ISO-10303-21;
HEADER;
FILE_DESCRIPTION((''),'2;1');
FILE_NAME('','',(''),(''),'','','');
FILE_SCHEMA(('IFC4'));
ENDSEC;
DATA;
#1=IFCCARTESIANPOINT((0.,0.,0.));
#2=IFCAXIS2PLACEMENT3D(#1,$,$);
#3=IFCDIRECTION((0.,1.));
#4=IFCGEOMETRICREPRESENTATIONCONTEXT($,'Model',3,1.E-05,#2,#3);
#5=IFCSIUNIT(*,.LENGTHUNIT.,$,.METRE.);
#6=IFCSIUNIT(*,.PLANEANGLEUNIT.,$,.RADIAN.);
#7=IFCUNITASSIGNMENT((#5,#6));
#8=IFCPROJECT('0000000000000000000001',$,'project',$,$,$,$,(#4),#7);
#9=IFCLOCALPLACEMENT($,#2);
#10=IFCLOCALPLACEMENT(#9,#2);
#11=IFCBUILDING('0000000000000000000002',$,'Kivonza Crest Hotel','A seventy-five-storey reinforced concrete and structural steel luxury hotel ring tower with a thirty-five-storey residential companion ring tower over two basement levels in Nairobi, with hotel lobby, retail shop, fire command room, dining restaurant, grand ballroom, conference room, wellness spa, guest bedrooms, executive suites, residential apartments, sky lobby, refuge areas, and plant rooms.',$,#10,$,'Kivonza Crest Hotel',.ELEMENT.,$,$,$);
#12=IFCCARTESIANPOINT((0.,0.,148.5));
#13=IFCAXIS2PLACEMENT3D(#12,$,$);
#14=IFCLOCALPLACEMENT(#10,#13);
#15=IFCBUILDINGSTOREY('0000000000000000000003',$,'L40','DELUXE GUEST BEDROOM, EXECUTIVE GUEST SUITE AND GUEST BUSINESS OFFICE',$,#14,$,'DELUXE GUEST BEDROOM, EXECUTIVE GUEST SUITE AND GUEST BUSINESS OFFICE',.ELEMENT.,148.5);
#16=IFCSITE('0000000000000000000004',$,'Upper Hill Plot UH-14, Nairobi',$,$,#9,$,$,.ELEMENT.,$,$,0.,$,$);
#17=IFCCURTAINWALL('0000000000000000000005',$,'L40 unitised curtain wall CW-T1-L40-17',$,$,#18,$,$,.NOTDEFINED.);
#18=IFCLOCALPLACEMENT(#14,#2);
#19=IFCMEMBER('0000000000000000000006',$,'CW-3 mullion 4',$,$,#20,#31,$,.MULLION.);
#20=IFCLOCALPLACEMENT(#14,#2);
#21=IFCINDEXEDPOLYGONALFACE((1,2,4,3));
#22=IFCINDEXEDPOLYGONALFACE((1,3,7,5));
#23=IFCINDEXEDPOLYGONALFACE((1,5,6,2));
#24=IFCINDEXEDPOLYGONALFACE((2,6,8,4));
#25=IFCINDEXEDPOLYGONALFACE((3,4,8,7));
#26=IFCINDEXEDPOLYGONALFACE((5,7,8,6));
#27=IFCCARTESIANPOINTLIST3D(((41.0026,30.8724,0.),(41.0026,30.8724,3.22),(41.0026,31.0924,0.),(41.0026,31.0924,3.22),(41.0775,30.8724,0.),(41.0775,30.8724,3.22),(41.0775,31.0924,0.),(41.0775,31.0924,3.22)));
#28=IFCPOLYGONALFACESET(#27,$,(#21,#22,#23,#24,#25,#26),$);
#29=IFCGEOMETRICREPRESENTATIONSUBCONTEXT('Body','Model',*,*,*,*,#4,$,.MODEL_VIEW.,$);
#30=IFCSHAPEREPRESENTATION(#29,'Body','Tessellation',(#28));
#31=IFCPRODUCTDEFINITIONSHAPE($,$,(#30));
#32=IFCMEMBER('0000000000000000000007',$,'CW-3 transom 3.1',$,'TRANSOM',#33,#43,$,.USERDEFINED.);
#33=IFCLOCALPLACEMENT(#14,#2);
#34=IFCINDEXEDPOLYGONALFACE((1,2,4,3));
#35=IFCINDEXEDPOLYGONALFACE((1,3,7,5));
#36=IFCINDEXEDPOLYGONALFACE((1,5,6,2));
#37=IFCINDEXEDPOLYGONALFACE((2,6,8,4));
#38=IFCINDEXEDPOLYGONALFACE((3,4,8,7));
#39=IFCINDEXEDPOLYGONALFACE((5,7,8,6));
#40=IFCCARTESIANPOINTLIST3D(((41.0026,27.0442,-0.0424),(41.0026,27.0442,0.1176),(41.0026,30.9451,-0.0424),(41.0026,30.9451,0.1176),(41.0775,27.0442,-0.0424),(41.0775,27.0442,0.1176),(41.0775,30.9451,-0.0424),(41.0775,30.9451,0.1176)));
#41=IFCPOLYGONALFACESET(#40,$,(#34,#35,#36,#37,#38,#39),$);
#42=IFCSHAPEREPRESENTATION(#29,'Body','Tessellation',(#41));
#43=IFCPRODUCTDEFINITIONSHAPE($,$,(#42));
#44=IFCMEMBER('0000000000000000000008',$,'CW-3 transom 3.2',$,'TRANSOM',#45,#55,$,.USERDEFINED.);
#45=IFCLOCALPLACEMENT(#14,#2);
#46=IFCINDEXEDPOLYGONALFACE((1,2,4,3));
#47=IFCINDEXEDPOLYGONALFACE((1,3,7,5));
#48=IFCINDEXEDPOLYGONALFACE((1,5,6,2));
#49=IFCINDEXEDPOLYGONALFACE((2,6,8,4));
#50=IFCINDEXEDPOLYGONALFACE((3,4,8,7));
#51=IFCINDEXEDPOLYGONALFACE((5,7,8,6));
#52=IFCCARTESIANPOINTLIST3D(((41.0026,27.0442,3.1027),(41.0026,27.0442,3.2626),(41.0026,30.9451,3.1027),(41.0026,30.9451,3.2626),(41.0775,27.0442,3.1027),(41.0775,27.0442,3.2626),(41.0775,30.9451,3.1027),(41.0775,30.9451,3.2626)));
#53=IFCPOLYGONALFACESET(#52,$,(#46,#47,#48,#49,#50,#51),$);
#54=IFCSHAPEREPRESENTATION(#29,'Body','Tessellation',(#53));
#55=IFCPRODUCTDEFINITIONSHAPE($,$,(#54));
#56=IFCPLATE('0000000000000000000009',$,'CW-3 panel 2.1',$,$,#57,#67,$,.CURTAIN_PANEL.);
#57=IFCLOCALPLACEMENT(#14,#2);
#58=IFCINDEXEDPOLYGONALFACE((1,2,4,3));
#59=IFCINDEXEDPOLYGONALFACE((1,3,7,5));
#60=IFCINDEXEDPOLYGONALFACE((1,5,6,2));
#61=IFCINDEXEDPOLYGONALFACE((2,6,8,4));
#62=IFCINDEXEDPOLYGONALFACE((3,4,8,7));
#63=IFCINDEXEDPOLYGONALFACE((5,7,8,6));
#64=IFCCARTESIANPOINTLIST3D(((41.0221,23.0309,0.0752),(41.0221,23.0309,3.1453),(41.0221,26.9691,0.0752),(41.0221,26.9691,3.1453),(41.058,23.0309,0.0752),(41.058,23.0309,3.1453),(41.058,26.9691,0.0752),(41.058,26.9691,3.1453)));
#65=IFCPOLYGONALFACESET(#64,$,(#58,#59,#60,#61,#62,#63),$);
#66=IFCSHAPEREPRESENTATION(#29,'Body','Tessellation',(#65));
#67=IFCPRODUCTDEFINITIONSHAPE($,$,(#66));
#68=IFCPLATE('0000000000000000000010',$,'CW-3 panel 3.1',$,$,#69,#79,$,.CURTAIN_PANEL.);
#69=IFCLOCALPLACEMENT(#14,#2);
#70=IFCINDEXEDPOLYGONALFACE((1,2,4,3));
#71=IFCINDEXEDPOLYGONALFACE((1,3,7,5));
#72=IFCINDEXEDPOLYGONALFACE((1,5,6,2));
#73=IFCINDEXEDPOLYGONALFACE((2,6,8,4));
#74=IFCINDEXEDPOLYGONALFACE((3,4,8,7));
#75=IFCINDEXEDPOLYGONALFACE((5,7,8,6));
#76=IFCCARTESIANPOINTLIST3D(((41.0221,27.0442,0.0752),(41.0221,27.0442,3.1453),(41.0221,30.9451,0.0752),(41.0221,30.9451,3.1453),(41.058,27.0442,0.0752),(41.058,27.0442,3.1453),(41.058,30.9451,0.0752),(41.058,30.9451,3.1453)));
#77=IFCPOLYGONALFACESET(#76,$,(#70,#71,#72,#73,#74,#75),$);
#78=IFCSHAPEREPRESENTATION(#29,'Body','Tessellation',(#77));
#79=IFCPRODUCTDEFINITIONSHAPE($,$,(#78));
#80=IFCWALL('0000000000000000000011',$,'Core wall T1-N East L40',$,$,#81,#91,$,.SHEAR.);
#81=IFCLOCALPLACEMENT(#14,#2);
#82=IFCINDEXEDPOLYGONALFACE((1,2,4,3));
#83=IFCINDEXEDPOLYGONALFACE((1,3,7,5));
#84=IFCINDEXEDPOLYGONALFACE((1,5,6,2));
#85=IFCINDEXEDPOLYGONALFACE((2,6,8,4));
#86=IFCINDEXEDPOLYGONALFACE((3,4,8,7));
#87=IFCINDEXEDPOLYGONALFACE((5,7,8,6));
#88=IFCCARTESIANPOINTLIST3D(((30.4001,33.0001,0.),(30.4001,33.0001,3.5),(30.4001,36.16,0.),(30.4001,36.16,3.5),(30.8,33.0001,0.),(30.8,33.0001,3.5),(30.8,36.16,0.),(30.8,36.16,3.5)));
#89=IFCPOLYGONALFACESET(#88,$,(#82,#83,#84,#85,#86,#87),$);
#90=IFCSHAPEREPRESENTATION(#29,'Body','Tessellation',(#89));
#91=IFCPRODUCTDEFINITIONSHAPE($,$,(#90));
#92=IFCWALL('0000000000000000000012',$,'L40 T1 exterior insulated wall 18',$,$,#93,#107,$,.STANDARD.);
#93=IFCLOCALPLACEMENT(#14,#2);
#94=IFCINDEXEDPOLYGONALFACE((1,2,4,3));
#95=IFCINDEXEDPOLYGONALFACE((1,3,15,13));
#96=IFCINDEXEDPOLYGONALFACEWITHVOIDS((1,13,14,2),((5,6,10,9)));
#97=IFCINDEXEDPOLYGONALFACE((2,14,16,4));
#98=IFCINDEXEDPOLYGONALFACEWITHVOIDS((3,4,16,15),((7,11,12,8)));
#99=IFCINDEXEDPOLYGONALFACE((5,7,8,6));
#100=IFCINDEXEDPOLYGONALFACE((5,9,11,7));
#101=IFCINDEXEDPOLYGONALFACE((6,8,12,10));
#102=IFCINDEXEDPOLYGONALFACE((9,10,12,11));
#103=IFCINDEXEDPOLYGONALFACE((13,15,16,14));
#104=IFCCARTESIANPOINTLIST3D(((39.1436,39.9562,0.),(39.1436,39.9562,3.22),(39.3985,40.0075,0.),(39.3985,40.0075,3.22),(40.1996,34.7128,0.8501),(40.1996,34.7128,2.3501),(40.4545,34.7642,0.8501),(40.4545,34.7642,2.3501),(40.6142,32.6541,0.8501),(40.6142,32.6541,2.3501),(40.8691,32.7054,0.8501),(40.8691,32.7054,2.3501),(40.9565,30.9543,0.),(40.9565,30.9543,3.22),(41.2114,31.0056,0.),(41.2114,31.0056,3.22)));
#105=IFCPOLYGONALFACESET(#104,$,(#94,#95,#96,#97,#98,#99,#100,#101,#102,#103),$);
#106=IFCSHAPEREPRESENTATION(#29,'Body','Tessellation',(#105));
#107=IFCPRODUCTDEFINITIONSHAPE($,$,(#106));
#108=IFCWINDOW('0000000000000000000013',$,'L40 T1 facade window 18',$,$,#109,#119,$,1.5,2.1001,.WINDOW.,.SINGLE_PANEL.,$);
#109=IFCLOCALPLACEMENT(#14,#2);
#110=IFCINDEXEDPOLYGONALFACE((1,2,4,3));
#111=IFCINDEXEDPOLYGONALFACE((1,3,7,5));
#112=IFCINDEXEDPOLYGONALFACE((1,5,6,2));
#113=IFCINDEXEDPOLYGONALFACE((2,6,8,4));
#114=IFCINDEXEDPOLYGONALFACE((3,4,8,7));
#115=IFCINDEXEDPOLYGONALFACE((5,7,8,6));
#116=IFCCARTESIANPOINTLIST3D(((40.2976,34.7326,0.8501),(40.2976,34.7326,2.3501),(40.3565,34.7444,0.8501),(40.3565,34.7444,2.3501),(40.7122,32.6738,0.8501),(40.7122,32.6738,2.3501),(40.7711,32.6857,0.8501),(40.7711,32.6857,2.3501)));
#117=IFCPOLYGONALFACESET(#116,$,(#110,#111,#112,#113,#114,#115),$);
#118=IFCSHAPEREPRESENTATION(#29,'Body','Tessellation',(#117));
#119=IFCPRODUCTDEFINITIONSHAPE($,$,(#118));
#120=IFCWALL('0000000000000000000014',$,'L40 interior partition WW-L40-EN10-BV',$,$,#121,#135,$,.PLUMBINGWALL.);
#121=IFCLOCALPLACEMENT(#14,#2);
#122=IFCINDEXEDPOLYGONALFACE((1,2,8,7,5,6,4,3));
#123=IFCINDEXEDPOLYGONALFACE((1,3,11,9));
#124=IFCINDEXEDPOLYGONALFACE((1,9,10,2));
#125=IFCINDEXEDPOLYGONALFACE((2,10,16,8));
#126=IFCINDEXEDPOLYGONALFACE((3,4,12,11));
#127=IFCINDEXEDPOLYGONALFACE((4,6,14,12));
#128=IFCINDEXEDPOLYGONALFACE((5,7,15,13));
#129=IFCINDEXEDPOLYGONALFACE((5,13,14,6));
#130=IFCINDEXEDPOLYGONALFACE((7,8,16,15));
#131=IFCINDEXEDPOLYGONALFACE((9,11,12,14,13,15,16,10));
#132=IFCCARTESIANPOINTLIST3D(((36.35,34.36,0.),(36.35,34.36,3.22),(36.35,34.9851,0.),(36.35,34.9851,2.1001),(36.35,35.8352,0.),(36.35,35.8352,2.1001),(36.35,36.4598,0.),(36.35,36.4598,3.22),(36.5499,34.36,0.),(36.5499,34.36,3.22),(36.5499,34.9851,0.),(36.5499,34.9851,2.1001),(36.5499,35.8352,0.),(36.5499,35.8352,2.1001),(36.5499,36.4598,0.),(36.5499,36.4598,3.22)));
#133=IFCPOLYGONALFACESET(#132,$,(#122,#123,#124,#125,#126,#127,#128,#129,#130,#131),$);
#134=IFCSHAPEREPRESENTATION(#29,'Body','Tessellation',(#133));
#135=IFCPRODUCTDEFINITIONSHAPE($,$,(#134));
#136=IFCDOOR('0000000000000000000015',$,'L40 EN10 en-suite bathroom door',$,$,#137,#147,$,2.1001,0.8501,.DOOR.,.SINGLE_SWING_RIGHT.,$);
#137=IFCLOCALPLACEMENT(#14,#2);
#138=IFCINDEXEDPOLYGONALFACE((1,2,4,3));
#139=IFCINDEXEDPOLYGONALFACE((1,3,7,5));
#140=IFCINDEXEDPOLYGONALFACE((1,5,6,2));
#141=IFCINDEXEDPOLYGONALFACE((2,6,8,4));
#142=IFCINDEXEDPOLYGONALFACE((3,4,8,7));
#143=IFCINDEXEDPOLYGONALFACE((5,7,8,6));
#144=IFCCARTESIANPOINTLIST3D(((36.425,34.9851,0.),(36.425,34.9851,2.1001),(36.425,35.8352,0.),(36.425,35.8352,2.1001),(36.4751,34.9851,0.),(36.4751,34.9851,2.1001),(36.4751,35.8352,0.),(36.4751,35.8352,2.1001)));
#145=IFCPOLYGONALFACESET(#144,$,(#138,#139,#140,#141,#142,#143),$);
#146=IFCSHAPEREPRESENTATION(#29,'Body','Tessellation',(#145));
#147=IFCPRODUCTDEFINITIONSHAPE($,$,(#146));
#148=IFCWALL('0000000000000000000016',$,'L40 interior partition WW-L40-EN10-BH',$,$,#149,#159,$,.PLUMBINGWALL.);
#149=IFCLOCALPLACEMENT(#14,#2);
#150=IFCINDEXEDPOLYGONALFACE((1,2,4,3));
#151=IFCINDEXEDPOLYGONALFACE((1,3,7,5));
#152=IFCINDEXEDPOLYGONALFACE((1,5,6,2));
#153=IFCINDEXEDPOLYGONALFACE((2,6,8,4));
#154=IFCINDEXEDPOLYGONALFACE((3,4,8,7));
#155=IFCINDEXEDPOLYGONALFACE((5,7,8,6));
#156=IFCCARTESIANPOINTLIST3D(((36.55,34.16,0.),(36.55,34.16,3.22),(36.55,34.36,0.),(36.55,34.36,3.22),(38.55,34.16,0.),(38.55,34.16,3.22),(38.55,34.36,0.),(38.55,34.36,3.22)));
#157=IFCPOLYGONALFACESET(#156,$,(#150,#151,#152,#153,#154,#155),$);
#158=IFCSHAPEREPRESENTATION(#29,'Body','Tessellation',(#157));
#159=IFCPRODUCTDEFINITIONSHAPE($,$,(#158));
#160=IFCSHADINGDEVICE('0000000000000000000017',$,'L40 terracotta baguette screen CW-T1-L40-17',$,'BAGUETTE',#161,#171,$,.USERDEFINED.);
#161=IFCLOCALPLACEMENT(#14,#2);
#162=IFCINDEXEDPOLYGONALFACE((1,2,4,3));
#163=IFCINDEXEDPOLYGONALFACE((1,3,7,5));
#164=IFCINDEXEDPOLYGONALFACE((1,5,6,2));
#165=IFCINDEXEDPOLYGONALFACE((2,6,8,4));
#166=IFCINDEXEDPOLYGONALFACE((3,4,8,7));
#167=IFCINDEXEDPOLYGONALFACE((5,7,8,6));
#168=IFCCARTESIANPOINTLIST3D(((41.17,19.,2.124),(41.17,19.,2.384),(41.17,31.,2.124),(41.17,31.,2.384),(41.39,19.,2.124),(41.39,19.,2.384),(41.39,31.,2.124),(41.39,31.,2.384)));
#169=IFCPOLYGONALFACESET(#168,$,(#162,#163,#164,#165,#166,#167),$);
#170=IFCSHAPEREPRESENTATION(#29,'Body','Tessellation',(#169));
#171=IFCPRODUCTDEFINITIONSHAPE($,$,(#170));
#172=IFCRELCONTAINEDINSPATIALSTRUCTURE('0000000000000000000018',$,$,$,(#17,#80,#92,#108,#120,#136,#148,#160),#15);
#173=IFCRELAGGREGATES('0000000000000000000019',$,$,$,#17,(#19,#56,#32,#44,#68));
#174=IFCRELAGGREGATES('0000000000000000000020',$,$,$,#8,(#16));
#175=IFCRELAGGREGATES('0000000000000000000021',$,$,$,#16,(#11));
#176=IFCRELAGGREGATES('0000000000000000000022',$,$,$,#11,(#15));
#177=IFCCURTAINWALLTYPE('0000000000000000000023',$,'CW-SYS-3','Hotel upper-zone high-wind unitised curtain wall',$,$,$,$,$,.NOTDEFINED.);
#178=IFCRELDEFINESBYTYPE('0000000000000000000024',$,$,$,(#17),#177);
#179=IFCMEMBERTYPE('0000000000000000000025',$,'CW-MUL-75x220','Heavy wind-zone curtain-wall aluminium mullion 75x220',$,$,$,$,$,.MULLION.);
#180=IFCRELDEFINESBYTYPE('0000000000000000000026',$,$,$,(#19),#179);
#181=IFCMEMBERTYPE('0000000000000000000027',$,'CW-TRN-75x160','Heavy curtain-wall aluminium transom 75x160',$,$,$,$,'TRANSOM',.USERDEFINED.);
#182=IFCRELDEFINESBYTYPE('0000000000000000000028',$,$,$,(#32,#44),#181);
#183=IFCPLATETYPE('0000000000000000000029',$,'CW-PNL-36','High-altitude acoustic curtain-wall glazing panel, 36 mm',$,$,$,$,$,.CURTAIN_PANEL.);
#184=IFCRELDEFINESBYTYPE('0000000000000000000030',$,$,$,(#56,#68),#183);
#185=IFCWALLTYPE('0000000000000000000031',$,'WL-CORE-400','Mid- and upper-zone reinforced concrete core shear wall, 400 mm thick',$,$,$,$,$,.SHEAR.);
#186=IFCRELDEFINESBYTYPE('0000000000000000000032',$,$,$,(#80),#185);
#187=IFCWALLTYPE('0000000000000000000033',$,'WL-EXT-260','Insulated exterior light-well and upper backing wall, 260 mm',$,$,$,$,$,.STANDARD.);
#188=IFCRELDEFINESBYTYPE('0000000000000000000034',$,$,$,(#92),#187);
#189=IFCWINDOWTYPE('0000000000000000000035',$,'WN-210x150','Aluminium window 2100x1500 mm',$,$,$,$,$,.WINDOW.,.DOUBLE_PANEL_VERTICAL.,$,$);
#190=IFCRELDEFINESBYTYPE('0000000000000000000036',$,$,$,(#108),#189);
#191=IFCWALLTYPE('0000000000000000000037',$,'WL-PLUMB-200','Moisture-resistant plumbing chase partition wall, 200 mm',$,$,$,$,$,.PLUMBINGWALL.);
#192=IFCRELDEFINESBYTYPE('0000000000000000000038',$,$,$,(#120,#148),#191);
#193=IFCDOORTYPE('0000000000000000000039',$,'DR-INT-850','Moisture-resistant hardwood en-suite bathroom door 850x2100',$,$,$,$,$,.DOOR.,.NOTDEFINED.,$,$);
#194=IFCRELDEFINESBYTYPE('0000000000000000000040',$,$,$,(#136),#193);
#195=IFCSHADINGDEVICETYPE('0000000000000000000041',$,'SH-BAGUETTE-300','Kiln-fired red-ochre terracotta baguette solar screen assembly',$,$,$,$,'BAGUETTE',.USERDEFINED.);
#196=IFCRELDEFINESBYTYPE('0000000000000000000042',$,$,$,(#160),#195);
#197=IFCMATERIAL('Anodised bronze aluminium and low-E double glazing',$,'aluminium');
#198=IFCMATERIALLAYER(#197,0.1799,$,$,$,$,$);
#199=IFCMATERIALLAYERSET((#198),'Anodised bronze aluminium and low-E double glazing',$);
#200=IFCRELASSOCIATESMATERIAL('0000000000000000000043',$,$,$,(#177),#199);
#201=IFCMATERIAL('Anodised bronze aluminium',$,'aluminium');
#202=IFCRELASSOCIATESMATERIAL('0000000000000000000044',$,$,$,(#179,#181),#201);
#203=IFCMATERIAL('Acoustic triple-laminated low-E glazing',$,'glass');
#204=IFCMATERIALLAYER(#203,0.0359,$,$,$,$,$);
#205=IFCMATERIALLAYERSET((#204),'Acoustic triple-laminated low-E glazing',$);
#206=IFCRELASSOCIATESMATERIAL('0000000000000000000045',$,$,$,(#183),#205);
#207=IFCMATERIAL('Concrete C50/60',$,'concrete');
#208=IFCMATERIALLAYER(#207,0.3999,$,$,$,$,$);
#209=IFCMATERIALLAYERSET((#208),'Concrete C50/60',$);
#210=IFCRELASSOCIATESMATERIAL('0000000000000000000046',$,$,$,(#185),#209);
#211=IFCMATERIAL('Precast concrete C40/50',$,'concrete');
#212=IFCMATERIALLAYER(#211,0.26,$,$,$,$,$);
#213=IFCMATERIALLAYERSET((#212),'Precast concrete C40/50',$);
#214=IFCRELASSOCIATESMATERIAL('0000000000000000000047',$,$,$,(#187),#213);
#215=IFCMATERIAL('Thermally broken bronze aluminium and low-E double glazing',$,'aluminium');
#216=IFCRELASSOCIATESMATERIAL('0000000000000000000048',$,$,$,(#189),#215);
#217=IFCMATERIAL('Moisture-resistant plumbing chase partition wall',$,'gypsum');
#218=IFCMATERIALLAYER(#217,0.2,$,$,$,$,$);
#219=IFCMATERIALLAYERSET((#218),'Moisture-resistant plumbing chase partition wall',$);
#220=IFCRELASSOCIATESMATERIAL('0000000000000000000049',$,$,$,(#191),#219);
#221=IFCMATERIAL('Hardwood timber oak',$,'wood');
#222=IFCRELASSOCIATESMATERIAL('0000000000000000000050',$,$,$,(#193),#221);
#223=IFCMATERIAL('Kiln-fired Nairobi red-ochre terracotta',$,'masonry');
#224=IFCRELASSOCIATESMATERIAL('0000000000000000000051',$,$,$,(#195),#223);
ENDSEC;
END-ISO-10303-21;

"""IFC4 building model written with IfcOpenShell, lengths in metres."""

from ifc_helpers import new_model, si_unit, direction, frame, frame_2d, origin, origin_2d, place, context, subcontext, project, spatial, rectangle, extrude, material, layer, layer_set, material_profile, profile_set, type_object, element, fill, aggregate, save


model = new_model("IFC4")

# Units and contexts
model_context = context("Model", 3, precision=1e-05, world=origin(), true_north=direction((0.0, 1.0)))
body_context = subcontext(model_context, "Body", "Model", "MODEL_VIEW")
ifc_project = project(units=[si_unit("LENGTHUNIT", "METRE"), si_unit("PLANEANGLEUNIT", "RADIAN")], contexts=[model_context])

# Site, building, storey
site_placement = place(None, origin())
site = spatial("IfcSite", under=ifc_project, at=site_placement, Name="Upper Hill Plot UH-14, Nairobi", CompositionType="ELEMENT", RefElevation=0.0)
building_placement = place(site_placement, origin())
building = spatial("IfcBuilding", under=site, at=building_placement, Name="Kivonza Crest Hotel", Description="A seventy-five-storey reinforced concrete and structural steel luxury hotel ring tower with a thirty-five-storey residential companion ring tower over two basement levels in Nairobi, with hotel lobby, retail shop, fire command room, dining restaurant, grand ballroom, conference room, wellness spa, guest bedrooms, executive suites, residential apartments, sky lobby, refuge areas, and plant rooms.", LongName="Kivonza Crest Hotel", CompositionType="ELEMENT")
storey_placement = place(building_placement, frame((0.0, 0.0, 148.5)))
storey = spatial("IfcBuildingStorey", under=building, at=storey_placement, Name="L40", Description="DELUXE GUEST BEDROOM, EXECUTIVE GUEST SUITE AND GUEST BUSINESS OFFICE", LongName="DELUXE GUEST BEDROOM, EXECUTIVE GUEST SUITE AND GUEST BUSINESS OFFICE", CompositionType="ELEMENT", Elevation=148.5)

# Shared definitions
ifc_material_1 = material(Name="Concrete C50/60", Category="concrete")

# Curtain wall, members, plates
ifc_material_2 = material(Name="Anodised bronze aluminium and low-E double glazing", Category="aluminium")
ifc_layer_1 = layer(ifc_material_2, 0.1799)
ifc_layer_set_1 = layer_set([ifc_layer_1], Name="Anodised bronze aluminium and low-E double glazing")
curtain_wall_type = type_object("IfcCurtainWallType", Name="CW-SYS-3", Description="Hotel upper-zone high-wind unitised curtain wall", PredefinedType="NOTDEFINED", material=ifc_layer_set_1)
curtain_wall_placement = place(storey_placement, origin())
curtain_wall = element("IfcCurtainWall", 1, at=curtain_wall_placement, inside=storey, type_object=curtain_wall_type, Name="L40 unitised curtain wall CW-T1-L40-17", PredefinedType="NOTDEFINED")
ifc_material_3 = material(Name="Anodised bronze aluminium", Category="aluminium")
ifc_material_profile_1 = material_profile(ifc_material_3, rectangle(XDim=0.075, YDim=0.22, at=origin_2d()), Name="CW-M 75x220")
ifc_profile_set_1 = profile_set([ifc_material_profile_1], Name="Anodised bronze aluminium")
member_type_1 = type_object("IfcMemberType", Name="CW-MUL-75x220", Description="Heavy wind-zone curtain-wall aluminium mullion 75x220", PredefinedType="MULLION", material=ifc_profile_set_1)
member_1_placement = place(storey_placement, frame((41.04, 30.9824, 0.0), z_axis=(0.0, 0.0, 1.0), x_axis=(-1.0, 0.0, 0.0)))
member_1 = element("IfcMember", 2, at=member_1_placement, type_object=member_type_1, Name="CW-3 mullion 4", PredefinedType="MULLION", context=body_context, shape_type="SweptSolid", body=[
    extrude(rectangle(XDim=0.075, YDim=0.22, at=origin_2d()), origin(), (0.0, 0.0, 1.0), 3.22),
])
ifc_material_profile_2 = material_profile(ifc_material_3, rectangle(XDim=0.075, YDim=0.1599, at=origin_2d()), Name="CW-T 75x160")
ifc_profile_set_2 = profile_set([ifc_material_profile_2], Name="Anodised bronze aluminium")
member_type_2 = type_object("IfcMemberType", Name="CW-TRN-75x160", Description="Heavy curtain-wall aluminium transom 75x160", ElementType="TRANSOM", PredefinedType="USERDEFINED", material=ifc_profile_set_2)
member_2_placement = place(storey_placement, frame((41.04, 27.0442, 0.0376), z_axis=(0.0, 1.0, 0.0), x_axis=(-1.0, 0.0, 0.0)))
member_2 = element("IfcMember", 3, at=member_2_placement, type_object=member_type_2, Name="CW-3 transom 3.1", ObjectType="TRANSOM", PredefinedType="USERDEFINED", context=body_context, shape_type="SweptSolid", body=[
    extrude(rectangle(XDim=0.075, YDim=0.1599, at=origin_2d()), origin(), (0.0, 0.0, 1.0), 3.9009),
])
member_3_placement = place(storey_placement, frame((41.04, 27.0442, 3.1826), z_axis=(0.0, 1.0, 0.0), x_axis=(-1.0, 0.0, 0.0)))
member_3 = element("IfcMember", 4, at=member_3_placement, type_object=member_type_2, Name="CW-3 transom 3.2", ObjectType="TRANSOM", PredefinedType="USERDEFINED", context=body_context, shape_type="SweptSolid", body=[
    extrude(rectangle(XDim=0.075, YDim=0.1599, at=origin_2d()), origin(), (0.0, 0.0, 1.0), 3.9009),
])
ifc_material_4 = material(Name="Acoustic triple-laminated low-E glazing", Category="glass")
ifc_layer_2 = layer(ifc_material_4, 0.0359)
ifc_layer_set_2 = layer_set([ifc_layer_2], Name="Acoustic triple-laminated low-E glazing")
plate_type = type_object("IfcPlateType", Name="CW-PNL-36", Description="High-altitude acoustic curtain-wall glazing panel, 36 mm", PredefinedType="CURTAIN_PANEL", material=ifc_layer_set_2)
plate_1_placement = place(storey_placement, frame((41.04, 25.0, 0.0752), z_axis=(0.0, 0.0, 1.0), x_axis=(0.0, 1.0, 0.0)))
plate_1 = element("IfcPlate", 5, at=plate_1_placement, type_object=plate_type, Name="CW-3 panel 2.1", PredefinedType="CURTAIN_PANEL", context=body_context, shape_type="SweptSolid", body=[
    extrude(rectangle(XDim=3.9382, YDim=0.0359, at=origin_2d()), origin(), (0.0, 0.0, 1.0), 3.0701),
])
plate_2_placement = place(storey_placement, frame((41.04, 28.9946, 0.0752), z_axis=(0.0, 0.0, 1.0), x_axis=(0.0, 1.0, 0.0)))
plate_2 = element("IfcPlate", 6, at=plate_2_placement, type_object=plate_type, Name="CW-3 panel 3.1", PredefinedType="CURTAIN_PANEL", context=body_context, shape_type="SweptSolid", body=[
    extrude(rectangle(XDim=3.9009, YDim=0.0359, at=origin_2d()), origin(), (0.0, 0.0, 1.0), 3.0701),
])
aggregate(curtain_wall, [member_1, plate_1, member_2, member_3, plate_2])

# Wall
ifc_layer_3 = layer(ifc_material_1, 0.3999)
ifc_layer_set_3 = layer_set([ifc_layer_3], Name="Concrete C50/60")
wall_type_1 = type_object("IfcWallType", Name="WL-CORE-400", Description="Mid- and upper-zone reinforced concrete core shear wall, 400 mm thick", PredefinedType="SHEAR", material=ifc_layer_set_3)
wall_1_placement = place(storey_placement, frame((30.6001, 33.0, 0.0), z_axis=(0.0, 0.0, 1.0), x_axis=(0.0, 1.0, 0.0)))
element("IfcWall", 7, at=wall_1_placement, inside=storey, type_object=wall_type_1, Name="Core wall T1-N East L40", PredefinedType="SHEAR", context=body_context, shape_type="SweptSolid", body=[
    extrude(rectangle(XDim=3.1599, YDim=0.3999, at=frame_2d((1.5801, 0.0))), origin(), (0.0, 0.0, 1.0), 3.5),
])

# Wall, opening, window
ifc_material_5 = material(Name="Precast concrete C40/50", Category="concrete")
ifc_layer_4 = layer(ifc_material_5, 0.26)
ifc_layer_set_4 = layer_set([ifc_layer_4], Name="Precast concrete C40/50")
wall_type_2 = type_object("IfcWallType", Name="WL-EXT-260", Description="Insulated exterior light-well and upper backing wall, 260 mm", PredefinedType="STANDARD", material=ifc_layer_set_4)
wall_2_placement = place(storey_placement, frame((41.084, 30.98, 0.0), z_axis=(0.0, 0.0, 1.0), x_axis=(-0.197435, 0.980316, 0.0)))
wall_2 = element("IfcWall", 8, at=wall_2_placement, inside=storey, type_object=wall_type_2, Name="L40 T1 exterior insulated wall 18", PredefinedType="STANDARD", context=body_context, shape_type="SweptSolid", body=[
    extrude(rectangle(XDim=9.1826, YDim=0.26, at=frame_2d((4.5913, 0.0))), origin(), (0.0, 0.0, 1.0), 3.22),
])
opening_1_placement = place(wall_2_placement, frame((1.7339, 0.0, 0.8501)))
opening_1 = element("IfcOpeningElement", 9, at=opening_1_placement, cuts=wall_2, PredefinedType="OPENING", context=body_context, shape_type="SweptSolid", body=[
    extrude(rectangle(XDim=2.1001, YDim=1.5, at=frame_2d((1.05, 0.75))), frame((0.0, 0.1401, 0.0), z_axis=(0.0, -1.0, 0.0), x_axis=(1.0, 0.0, 0.0)), (0.0, 0.0, 1.0), 0.28),
])
ifc_material_6 = material(Name="Thermally broken bronze aluminium and low-E double glazing", Category="aluminium")
window_type = type_object("IfcWindowType", Name="WN-210x150", Description="Aluminium window 2100x1500 mm", PartitioningType="DOUBLE_PANEL_VERTICAL", PredefinedType="WINDOW", material=ifc_material_6)
window_placement = place(opening_1_placement, origin())
window = element("IfcWindow", 10, at=window_placement, inside=storey, type_object=window_type, Name="L40 T1 facade window 18", OverallHeight=1.5, OverallWidth=2.1001, PartitioningType="SINGLE_PANEL", PredefinedType="WINDOW", context=body_context, shape_type="SweptSolid", body=[
    extrude(rectangle(XDim=2.1001, YDim=1.5, at=frame_2d((1.05, 0.75))), frame((0.0, 0.03, 0.0), z_axis=(0.0, -1.0, 0.0), x_axis=(1.0, 0.0, 0.0)), (0.0, 0.0, 1.0), 0.0601),
])
fill(opening_1, window)

# Wall, opening, door
ifc_material_7 = material(Name="Moisture-resistant plumbing chase partition wall", Category="gypsum")
ifc_layer_5 = layer(ifc_material_7, 0.2)
ifc_layer_set_5 = layer_set([ifc_layer_5], Name="Moisture-resistant plumbing chase partition wall")
wall_type_3 = type_object("IfcWallType", Name="WL-PLUMB-200", Description="Moisture-resistant plumbing chase partition wall, 200 mm", PredefinedType="PLUMBINGWALL", material=ifc_layer_set_5)
wall_3_placement = place(storey_placement, frame((36.45, 34.3601, 0.0), z_axis=(0.0, 0.0, 1.0), x_axis=(0.0, 1.0, 0.0)))
wall_3 = element("IfcWall", 11, at=wall_3_placement, inside=storey, type_object=wall_type_3, Name="L40 interior partition WW-L40-EN10-BV", PredefinedType="PLUMBINGWALL", context=body_context, shape_type="SweptSolid", body=[
    extrude(rectangle(XDim=2.0999, YDim=0.2, at=frame_2d((1.0498, 0.0))), origin(), (0.0, 0.0, 1.0), 3.22),
])
opening_2_placement = place(wall_3_placement, frame((0.625, 0.0, 0.0)))
opening_2 = element("IfcOpeningElement", 12, at=opening_2_placement, cuts=wall_3, PredefinedType="OPENING", context=body_context, shape_type="SweptSolid", body=[
    extrude(rectangle(XDim=0.8501, YDim=2.1001, at=frame_2d((0.425, 1.05))), frame((0.0, 0.1099, 0.0), z_axis=(0.0, -1.0, 0.0), x_axis=(1.0, 0.0, 0.0)), (0.0, 0.0, 1.0), 0.22),
])
ifc_material_8 = material(Name="Hardwood timber oak", Category="wood")
door_type = type_object("IfcDoorType", Name="DR-INT-850", Description="Moisture-resistant hardwood en-suite bathroom door 850x2100", OperationType="NOTDEFINED", PredefinedType="DOOR", material=ifc_material_8)
door_placement = place(opening_2_placement, origin())
door = element("IfcDoor", 13, at=door_placement, inside=storey, type_object=door_type, Name="L40 EN10 en-suite bathroom door", OperationType="SINGLE_SWING_RIGHT", OverallHeight=2.1001, OverallWidth=0.8501, PredefinedType="DOOR", context=body_context, shape_type="SweptSolid", body=[
    extrude(rectangle(XDim=0.8501, YDim=2.1001, at=frame_2d((0.425, 1.05))), frame((0.0, 0.0249, 0.0), z_axis=(0.0, -1.0, 0.0), x_axis=(1.0, 0.0, 0.0)), (0.0, 0.0, 1.0), 0.05),
])
fill(opening_2, door)

# Wall
wall_4_placement = place(storey_placement, frame((36.55, 34.26, 0.0), z_axis=(0.0, 0.0, 1.0), x_axis=(1.0, 0.0, 0.0)))
element("IfcWall", 14, at=wall_4_placement, inside=storey, type_object=wall_type_3, Name="L40 interior partition WW-L40-EN10-BH", PredefinedType="PLUMBINGWALL", context=body_context, shape_type="SweptSolid", body=[
    extrude(rectangle(XDim=2.0, YDim=0.2, at=frame_2d((1.0, 0.0))), origin(), (0.0, 0.0, 1.0), 3.22),
])

# Shading device
ifc_material_9 = material(Name="Kiln-fired Nairobi red-ochre terracotta", Category="masonry")
shading_device_type_1 = type_object("IfcShadingDeviceType", Name="SH-BAGUETTE-300", Description="Kiln-fired red-ochre terracotta baguette solar screen assembly", ElementType="BAGUETTE", PredefinedType="USERDEFINED", material=ifc_material_9)
shading_device_1_placement = place(storey_placement, frame((41.28, 25.0, 2.124), z_axis=(0.0, 0.0, 1.0), x_axis=(0.0, 1.0, 0.0)))
element("IfcShadingDevice", 15, at=shading_device_1_placement, inside=storey, type_object=shading_device_type_1, Name="L40 terracotta baguette screen CW-T1-L40-17", ObjectType="BAGUETTE", PredefinedType="USERDEFINED", context=body_context, shape_type="SweptSolid", body=[
    extrude(rectangle(XDim=12.0, YDim=0.22, at=origin_2d()), origin(), (0.0, 0.0, 1.0), 0.26),
])

save(model, "model.ifc")
